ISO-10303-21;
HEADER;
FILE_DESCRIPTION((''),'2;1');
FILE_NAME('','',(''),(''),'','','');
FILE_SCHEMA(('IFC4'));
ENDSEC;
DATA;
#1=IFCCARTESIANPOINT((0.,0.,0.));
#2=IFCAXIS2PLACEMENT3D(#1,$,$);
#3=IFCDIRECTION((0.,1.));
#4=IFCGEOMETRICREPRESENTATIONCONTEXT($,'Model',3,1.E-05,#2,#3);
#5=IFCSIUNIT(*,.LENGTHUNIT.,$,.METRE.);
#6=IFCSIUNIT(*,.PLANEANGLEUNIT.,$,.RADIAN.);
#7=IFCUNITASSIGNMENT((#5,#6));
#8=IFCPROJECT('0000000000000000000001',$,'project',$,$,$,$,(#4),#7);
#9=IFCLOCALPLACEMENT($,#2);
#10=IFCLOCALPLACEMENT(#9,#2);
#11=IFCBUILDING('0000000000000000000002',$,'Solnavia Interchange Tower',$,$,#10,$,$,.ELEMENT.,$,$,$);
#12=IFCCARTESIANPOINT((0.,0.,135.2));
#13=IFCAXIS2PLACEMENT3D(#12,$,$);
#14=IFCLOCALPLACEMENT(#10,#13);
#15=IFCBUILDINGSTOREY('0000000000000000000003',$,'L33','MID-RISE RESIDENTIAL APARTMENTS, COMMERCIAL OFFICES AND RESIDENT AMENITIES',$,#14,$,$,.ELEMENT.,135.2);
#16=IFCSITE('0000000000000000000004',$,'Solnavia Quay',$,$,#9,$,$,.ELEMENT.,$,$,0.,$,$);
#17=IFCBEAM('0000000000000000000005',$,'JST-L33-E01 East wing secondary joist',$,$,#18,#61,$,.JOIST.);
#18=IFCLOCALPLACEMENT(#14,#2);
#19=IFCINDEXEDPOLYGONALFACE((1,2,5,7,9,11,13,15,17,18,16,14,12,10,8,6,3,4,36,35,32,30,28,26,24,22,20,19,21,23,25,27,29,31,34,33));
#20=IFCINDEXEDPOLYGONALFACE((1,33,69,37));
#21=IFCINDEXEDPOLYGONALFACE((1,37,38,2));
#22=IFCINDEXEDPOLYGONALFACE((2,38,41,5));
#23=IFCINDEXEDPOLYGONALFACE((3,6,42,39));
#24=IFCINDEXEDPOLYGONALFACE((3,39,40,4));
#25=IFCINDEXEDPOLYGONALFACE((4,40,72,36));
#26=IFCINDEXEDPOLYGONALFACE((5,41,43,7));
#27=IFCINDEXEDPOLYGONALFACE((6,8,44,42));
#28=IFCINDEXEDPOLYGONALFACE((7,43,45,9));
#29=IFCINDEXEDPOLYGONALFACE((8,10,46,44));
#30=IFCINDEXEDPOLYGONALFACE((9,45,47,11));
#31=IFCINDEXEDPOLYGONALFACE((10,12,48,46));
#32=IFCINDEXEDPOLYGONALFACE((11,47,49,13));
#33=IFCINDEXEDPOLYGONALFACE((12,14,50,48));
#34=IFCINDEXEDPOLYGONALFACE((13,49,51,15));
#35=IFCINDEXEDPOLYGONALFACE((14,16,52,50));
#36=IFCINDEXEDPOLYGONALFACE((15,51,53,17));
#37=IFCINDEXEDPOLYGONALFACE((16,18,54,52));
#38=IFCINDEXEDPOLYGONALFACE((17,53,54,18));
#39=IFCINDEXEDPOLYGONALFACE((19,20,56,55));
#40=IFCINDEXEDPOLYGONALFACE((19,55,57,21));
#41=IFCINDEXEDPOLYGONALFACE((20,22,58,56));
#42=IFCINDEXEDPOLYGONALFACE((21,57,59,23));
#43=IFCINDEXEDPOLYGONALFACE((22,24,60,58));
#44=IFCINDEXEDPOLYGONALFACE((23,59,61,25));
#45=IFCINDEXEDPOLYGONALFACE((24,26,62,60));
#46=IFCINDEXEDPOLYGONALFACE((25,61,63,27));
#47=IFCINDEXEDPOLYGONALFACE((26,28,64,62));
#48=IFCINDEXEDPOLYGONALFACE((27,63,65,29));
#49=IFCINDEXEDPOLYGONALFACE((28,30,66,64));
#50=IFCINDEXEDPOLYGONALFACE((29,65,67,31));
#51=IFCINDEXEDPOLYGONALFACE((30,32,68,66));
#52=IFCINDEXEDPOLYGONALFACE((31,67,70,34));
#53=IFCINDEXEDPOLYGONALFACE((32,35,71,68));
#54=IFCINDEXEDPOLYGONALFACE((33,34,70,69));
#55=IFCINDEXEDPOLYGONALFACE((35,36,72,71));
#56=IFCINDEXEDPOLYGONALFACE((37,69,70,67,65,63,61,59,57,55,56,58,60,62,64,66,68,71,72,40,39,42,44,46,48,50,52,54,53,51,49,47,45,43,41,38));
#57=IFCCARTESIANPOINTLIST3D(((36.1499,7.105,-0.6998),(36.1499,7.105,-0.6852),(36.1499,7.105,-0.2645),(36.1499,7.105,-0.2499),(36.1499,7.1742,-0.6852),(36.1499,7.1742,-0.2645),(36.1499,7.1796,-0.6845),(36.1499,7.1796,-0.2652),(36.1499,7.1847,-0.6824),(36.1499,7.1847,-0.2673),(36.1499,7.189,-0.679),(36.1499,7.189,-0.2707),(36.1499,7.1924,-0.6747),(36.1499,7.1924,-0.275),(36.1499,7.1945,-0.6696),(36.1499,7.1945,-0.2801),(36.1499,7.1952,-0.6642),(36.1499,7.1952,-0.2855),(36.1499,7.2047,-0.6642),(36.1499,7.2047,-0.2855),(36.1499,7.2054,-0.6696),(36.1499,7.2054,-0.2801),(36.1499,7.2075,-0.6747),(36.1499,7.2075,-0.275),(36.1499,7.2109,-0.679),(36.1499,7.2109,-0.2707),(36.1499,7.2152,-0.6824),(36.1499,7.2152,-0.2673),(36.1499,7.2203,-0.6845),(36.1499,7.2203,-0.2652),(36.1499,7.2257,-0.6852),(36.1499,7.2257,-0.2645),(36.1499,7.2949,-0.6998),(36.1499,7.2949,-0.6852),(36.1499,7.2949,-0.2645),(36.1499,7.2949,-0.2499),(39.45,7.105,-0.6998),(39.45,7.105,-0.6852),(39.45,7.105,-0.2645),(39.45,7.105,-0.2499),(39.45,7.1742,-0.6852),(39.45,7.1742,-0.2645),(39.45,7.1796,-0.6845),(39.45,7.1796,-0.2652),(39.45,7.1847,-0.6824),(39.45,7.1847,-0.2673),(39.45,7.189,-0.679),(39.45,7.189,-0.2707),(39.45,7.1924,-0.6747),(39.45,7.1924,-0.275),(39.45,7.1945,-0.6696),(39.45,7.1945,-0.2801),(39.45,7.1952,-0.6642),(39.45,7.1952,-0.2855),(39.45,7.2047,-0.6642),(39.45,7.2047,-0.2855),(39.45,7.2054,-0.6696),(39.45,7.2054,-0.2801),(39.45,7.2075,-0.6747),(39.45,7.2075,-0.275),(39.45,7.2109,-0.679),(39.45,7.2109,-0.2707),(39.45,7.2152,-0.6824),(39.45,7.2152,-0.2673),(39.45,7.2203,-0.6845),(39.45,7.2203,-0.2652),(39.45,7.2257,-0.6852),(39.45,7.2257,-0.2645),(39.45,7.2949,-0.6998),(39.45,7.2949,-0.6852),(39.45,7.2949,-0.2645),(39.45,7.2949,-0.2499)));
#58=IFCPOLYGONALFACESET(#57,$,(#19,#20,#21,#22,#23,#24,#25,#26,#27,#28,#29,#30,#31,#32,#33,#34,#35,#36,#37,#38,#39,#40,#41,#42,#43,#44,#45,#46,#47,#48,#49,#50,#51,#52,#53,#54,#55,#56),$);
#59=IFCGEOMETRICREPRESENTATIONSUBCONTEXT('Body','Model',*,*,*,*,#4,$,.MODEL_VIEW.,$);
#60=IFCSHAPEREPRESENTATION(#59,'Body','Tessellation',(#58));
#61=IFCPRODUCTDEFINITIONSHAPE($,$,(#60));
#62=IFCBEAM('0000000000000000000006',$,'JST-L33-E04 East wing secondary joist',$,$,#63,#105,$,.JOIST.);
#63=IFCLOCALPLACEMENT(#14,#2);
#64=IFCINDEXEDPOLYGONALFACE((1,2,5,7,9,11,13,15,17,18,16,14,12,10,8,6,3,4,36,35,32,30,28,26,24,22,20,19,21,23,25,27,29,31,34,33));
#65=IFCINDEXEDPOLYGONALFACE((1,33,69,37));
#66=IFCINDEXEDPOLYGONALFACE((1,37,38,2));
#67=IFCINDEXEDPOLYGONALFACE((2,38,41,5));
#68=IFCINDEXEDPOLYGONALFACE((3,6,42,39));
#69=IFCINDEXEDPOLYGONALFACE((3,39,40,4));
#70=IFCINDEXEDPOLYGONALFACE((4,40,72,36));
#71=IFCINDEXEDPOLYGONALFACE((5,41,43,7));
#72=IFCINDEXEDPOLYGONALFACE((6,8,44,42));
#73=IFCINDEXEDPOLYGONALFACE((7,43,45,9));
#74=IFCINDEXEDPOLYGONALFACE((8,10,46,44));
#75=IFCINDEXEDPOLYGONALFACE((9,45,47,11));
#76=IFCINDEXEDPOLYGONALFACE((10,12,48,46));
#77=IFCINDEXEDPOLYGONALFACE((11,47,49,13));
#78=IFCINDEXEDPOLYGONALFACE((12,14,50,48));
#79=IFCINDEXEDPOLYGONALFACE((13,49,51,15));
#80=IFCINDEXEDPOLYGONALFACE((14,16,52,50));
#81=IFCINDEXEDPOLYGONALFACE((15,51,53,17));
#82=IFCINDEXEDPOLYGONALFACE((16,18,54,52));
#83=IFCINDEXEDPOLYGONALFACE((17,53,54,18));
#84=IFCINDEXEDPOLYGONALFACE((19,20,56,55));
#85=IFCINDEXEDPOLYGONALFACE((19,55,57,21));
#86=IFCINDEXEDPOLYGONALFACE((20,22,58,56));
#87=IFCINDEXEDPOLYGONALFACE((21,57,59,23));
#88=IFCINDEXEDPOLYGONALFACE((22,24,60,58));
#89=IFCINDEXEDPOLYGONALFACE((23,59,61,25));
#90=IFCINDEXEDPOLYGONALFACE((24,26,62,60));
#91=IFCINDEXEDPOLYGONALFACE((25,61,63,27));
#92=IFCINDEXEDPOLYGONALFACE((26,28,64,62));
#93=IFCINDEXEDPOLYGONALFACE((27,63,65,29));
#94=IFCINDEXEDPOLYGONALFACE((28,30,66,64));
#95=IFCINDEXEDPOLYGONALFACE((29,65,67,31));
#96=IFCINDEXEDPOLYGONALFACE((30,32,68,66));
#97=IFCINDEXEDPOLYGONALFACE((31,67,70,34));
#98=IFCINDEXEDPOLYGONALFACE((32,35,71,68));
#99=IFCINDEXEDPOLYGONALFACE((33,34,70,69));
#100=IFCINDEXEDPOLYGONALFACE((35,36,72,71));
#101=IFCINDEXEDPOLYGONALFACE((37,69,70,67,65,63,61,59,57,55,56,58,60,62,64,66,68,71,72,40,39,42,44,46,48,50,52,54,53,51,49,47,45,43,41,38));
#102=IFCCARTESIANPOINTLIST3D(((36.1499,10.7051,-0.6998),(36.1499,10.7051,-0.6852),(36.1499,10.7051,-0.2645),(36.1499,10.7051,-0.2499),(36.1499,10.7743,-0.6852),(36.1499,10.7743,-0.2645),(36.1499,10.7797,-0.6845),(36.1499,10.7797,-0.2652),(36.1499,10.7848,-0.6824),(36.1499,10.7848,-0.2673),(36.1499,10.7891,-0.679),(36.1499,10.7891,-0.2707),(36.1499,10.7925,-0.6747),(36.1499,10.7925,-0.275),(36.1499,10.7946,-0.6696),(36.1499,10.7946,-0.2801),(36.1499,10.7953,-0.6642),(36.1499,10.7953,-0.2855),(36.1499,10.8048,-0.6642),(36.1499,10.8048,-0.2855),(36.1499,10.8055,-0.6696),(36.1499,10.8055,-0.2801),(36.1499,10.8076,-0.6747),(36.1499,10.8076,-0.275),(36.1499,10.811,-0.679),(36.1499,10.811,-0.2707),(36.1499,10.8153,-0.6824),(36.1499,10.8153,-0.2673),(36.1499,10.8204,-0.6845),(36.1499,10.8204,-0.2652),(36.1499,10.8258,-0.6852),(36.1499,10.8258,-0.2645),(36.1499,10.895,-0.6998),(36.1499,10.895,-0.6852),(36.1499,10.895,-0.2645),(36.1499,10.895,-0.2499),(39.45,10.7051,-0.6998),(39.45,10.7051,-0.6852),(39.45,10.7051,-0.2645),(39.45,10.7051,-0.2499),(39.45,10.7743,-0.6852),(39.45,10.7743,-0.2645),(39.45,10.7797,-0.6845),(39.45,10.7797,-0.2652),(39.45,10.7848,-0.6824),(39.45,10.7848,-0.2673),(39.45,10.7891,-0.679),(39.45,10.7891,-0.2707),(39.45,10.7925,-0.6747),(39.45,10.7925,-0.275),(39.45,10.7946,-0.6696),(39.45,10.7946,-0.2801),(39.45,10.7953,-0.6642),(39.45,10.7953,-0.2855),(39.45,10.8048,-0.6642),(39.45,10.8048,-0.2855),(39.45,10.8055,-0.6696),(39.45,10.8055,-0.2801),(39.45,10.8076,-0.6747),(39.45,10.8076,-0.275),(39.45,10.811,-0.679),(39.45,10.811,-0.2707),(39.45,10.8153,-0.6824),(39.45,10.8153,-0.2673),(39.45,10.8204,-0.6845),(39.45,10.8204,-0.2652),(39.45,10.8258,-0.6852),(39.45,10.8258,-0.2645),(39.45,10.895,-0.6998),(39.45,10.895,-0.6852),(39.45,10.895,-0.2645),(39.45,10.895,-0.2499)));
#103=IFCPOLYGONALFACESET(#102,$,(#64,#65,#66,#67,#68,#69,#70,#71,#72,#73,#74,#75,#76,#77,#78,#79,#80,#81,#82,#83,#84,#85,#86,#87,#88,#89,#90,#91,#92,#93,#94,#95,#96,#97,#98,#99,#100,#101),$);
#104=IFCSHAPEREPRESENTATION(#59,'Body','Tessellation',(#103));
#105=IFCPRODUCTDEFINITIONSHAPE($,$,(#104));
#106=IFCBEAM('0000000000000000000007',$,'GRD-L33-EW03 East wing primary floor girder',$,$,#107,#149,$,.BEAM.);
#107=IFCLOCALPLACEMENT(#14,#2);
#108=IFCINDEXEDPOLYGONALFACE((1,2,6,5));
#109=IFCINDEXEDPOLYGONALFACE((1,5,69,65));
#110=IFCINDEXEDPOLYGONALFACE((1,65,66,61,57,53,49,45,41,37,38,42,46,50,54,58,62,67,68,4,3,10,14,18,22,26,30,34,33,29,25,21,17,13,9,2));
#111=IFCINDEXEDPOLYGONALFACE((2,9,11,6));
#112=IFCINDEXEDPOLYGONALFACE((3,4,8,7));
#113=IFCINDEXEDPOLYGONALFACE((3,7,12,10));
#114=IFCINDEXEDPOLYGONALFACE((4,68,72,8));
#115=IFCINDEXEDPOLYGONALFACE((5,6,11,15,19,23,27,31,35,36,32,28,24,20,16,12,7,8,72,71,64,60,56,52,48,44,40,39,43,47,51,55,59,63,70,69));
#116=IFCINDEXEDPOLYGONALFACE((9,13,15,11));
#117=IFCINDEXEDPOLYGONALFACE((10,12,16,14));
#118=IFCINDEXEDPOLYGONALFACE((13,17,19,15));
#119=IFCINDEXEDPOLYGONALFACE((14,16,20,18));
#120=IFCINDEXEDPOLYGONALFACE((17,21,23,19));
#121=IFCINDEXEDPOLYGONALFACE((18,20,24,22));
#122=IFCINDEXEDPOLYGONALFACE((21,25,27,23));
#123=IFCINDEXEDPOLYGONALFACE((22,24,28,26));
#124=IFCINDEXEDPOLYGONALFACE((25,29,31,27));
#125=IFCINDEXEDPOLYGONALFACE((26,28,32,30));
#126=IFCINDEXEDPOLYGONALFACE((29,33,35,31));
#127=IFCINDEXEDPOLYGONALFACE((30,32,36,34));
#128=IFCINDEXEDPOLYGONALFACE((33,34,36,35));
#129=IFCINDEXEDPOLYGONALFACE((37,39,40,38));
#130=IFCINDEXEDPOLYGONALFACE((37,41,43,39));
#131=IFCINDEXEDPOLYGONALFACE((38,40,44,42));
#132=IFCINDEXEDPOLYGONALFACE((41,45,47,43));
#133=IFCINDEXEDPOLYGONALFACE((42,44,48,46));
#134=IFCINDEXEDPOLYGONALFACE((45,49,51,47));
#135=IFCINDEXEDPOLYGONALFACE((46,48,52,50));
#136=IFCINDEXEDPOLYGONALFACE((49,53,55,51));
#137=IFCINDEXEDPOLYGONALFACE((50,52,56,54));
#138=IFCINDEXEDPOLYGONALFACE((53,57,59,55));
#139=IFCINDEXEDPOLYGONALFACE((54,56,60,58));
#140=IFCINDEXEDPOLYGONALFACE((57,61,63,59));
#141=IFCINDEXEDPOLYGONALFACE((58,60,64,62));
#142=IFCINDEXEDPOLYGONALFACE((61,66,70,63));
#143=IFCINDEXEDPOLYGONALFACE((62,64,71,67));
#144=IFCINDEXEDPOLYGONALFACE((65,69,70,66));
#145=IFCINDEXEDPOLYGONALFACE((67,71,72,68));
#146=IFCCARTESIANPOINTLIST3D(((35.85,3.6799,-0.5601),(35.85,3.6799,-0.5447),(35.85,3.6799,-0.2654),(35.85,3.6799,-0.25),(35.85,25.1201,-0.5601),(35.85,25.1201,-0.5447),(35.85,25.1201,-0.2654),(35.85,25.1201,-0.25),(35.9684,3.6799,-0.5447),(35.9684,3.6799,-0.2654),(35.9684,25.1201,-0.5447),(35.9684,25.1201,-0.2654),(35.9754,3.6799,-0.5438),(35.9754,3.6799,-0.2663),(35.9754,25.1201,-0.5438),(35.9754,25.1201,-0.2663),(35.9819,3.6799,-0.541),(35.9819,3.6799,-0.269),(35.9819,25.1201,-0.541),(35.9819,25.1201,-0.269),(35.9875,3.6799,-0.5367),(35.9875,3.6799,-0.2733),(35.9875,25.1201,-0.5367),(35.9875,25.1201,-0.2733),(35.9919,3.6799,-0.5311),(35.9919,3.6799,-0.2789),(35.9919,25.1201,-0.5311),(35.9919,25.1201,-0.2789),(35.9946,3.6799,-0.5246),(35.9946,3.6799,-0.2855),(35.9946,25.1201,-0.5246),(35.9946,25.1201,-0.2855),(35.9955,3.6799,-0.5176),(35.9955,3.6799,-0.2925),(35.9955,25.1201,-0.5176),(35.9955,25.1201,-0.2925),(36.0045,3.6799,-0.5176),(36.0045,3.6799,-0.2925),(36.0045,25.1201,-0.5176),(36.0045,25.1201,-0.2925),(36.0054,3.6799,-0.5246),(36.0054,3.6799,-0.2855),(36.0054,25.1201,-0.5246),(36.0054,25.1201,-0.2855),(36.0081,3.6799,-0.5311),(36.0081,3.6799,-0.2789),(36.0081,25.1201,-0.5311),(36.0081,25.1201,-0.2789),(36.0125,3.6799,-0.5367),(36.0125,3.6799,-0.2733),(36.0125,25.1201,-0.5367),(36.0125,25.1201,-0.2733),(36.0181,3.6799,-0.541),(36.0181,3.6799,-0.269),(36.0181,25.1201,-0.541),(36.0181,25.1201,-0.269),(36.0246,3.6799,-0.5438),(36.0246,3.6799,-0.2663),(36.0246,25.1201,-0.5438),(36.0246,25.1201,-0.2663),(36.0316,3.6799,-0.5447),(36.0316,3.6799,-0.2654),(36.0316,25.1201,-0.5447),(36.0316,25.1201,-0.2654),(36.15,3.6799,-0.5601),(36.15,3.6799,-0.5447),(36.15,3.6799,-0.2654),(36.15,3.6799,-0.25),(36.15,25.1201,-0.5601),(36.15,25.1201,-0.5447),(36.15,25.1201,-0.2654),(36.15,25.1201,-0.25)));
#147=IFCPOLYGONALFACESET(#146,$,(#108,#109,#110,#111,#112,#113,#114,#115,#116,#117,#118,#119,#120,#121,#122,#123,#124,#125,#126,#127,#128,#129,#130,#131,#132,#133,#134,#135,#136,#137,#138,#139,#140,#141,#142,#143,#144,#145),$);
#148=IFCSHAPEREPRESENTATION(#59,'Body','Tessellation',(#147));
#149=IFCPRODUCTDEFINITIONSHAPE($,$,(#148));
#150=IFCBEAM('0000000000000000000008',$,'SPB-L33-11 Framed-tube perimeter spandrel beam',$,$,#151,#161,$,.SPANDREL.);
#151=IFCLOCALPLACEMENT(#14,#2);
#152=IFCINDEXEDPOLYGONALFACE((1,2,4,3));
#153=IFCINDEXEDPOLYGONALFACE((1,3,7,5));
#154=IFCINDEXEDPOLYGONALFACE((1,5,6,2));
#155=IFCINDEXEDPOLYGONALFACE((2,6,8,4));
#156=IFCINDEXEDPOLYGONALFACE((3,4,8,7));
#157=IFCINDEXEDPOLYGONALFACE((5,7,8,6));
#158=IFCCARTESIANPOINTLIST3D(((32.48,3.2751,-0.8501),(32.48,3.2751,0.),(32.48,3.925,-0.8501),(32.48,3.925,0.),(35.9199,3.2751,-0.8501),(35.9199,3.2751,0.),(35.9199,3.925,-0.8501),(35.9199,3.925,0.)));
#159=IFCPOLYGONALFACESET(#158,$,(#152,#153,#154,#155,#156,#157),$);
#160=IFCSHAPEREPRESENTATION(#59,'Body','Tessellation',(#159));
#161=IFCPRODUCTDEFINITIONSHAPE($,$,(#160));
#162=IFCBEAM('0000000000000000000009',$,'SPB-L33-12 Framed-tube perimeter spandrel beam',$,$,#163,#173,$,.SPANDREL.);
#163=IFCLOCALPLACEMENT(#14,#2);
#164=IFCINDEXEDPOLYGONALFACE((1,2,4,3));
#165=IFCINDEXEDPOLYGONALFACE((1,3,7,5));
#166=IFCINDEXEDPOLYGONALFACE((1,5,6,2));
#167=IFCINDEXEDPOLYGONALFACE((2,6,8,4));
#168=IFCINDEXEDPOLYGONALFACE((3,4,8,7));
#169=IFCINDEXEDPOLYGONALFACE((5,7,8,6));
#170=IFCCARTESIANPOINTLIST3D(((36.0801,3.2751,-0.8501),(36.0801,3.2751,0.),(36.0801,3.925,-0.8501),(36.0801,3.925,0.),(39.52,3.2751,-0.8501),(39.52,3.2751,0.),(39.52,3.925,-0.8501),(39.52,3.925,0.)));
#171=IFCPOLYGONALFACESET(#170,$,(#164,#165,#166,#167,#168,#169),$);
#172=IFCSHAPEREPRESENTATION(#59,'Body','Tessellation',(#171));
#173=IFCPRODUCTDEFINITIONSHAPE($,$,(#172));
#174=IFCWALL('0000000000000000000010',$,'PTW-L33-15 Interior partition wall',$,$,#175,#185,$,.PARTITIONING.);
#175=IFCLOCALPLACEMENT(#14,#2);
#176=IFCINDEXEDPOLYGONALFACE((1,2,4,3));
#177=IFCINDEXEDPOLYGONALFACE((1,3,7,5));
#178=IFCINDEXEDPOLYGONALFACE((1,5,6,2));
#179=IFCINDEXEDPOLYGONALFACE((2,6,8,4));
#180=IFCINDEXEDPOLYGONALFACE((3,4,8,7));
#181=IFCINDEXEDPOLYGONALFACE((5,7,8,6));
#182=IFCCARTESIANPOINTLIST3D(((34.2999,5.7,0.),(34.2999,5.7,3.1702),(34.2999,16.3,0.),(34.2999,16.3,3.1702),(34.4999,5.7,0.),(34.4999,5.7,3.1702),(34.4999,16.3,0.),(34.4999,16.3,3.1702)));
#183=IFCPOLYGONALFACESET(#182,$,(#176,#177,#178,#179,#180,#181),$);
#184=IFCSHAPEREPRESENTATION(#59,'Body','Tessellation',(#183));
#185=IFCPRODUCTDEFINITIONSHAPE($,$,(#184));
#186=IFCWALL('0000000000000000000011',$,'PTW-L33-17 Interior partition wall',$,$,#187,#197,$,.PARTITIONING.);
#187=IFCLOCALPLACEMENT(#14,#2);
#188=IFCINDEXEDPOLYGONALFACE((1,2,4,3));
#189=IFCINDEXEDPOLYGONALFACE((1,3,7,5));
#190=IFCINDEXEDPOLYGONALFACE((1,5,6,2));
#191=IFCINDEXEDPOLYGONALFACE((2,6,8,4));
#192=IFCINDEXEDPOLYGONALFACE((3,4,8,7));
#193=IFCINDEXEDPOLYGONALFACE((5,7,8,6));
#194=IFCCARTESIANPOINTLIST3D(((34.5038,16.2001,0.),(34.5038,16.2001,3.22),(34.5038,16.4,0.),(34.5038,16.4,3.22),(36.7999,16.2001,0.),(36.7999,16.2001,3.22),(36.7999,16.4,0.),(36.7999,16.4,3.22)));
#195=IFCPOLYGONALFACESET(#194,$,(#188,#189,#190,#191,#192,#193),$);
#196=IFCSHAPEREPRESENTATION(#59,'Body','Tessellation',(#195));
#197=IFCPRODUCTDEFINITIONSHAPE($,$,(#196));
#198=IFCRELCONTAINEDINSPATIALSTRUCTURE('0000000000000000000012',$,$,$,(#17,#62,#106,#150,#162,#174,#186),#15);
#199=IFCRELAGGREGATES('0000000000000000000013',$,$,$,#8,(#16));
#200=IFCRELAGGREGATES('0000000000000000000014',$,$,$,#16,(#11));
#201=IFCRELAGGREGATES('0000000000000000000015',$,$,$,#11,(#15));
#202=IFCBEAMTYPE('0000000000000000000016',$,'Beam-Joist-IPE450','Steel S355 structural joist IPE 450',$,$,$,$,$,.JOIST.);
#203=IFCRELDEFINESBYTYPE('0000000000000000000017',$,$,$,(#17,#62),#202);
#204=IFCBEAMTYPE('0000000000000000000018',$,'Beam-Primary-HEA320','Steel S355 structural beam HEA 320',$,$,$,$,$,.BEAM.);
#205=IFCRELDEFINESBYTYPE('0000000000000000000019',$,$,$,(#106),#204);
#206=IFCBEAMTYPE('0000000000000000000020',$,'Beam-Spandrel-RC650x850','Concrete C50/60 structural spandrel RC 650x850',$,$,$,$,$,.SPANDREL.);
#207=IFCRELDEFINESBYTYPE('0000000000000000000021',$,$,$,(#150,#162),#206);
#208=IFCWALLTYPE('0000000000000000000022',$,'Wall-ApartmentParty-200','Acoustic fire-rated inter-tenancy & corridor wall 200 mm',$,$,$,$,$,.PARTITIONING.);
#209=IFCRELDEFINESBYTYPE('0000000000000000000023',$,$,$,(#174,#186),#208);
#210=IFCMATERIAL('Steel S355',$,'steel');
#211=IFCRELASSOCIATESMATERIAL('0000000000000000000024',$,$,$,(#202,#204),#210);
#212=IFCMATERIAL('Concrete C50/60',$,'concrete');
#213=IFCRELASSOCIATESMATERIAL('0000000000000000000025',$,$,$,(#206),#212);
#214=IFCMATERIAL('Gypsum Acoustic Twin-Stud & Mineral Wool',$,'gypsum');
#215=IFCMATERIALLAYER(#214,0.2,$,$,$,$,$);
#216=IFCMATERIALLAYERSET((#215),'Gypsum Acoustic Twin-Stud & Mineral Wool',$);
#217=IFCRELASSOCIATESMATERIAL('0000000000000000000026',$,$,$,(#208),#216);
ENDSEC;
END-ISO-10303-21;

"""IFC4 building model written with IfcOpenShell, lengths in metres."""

from ifc_helpers import new_model, si_unit, direction, frame, frame_2d, origin, origin_2d, place, context, subcontext, project, spatial, rectangle, i_section, extrude, material, layer, layer_set, material_profile, profile_set, type_object, element, save


model = new_model("IFC4")

# Units and contexts
model_context = context("Model", 3, precision=1e-05, world=origin(), true_north=direction((0.0, 1.0)))
body_context = subcontext(model_context, "Body", "Model", "MODEL_VIEW")
ifc_project = project(units=[si_unit("LENGTHUNIT", "METRE"), si_unit("PLANEANGLEUNIT", "RADIAN")], contexts=[model_context])

# Site, building, storey
site_placement = place(None, origin())
site = spatial("IfcSite", under=ifc_project, at=site_placement, Name="Solnavia Quay", CompositionType="ELEMENT", RefElevation=0.0)
building_placement = place(site_placement, origin())
building = spatial("IfcBuilding", under=site, at=building_placement, Name="Solnavia Interchange Tower", CompositionType="ELEMENT")
storey_placement = place(building_placement, frame((0.0, 0.0, 135.2)))
storey = spatial("IfcBuildingStorey", under=building, at=storey_placement, Name="L33", Description="MID-RISE RESIDENTIAL APARTMENTS, COMMERCIAL OFFICES AND RESIDENT AMENITIES", CompositionType="ELEMENT", Elevation=135.2)

# Shared definitions
ifc_material_1 = material(Name="Concrete C50/60", Category="concrete")
ifc_material_2 = material(Name="Steel S355", Category="steel")

# Beams
ifc_material_profile_1 = material_profile(ifc_material_2, i_section(OverallWidth=0.1899, OverallDepth=0.45, WebThickness=0.0095, FlangeThickness=0.0146, FilletRadius=0.021, at=origin_2d()), Name="IPE 450")
ifc_profile_set_1 = profile_set([ifc_material_profile_1], Name="Steel S355")
beam_type_1 = type_object("IfcBeamType", Name="Beam-Joist-IPE450", Description="Steel S355 structural joist IPE 450", PredefinedType="JOIST", material=ifc_profile_set_1)
for number, where, z_axis, x_axis, name in (
    (1, (36.1499, 7.2, -0.4749), (1.0, 0.0, 0.0), (0.0, 1.0, 0.0), "JST-L33-E01 East wing secondary joist"),
    (2, (36.1499, 10.8, -0.4749), (1.0, 0.0, 0.0), (0.0, 1.0, 0.0), "JST-L33-E04 East wing secondary joist"),
):
    element("IfcBeam", number, at=place(storey_placement, frame(where, z_axis=z_axis, x_axis=x_axis)), inside=storey, type_object=beam_type_1, Name=name, PredefinedType="JOIST", context=body_context, shape_type="SweptSolid", body=[
        extrude(i_section(OverallWidth=0.1899, OverallDepth=0.45, WebThickness=0.0095, FlangeThickness=0.0146, FilletRadius=0.021, at=origin_2d()), origin(), (0.0, 0.0, 1.0), 3.3),
    ])
ifc_material_profile_2 = material_profile(ifc_material_2, i_section(OverallWidth=0.3, OverallDepth=0.3101, WebThickness=0.009, FlangeThickness=0.0154, FilletRadius=0.0271, at=origin_2d()), Name="HEA 320")
ifc_profile_set_2 = profile_set([ifc_material_profile_2], Name="Steel S355")
beam_type_2 = type_object("IfcBeamType", Name="Beam-Primary-HEA320", Description="Steel S355 structural beam HEA 320", PredefinedType="BEAM", material=ifc_profile_set_2)
beam_1_placement = place(storey_placement, frame((36.0, 3.6799, -0.405), z_axis=(0.0, 1.0, 0.0), x_axis=(-1.0, 0.0, 0.0)))
element("IfcBeam", 3, at=beam_1_placement, inside=storey, type_object=beam_type_2, Name="GRD-L33-EW03 East wing primary floor girder", PredefinedType="BEAM", context=body_context, shape_type="SweptSolid", body=[
    extrude(i_section(OverallWidth=0.3, OverallDepth=0.3101, WebThickness=0.009, FlangeThickness=0.0154, FilletRadius=0.0271, at=origin_2d()), origin(), (0.0, 0.0, 1.0), 21.4402),
])
ifc_material_profile_3 = material_profile(ifc_material_1, rectangle(XDim=0.6499, YDim=0.8501, at=origin_2d()), Name="RC 650x850")
ifc_profile_set_3 = profile_set([ifc_material_profile_3], Name="Concrete C50/60")
beam_type_3 = type_object("IfcBeamType", Name="Beam-Spandrel-RC650x850", Description="Concrete C50/60 structural spandrel RC 650x850", PredefinedType="SPANDREL", material=ifc_profile_set_3)
for number, where, z_axis, x_axis, name in (
    (4, (32.48, 3.6001, -0.425), (1.0, 0.0, 0.0), (0.0, 1.0, 0.0), "SPB-L33-11 Framed-tube perimeter spandrel beam"),
    (5, (36.0801, 3.6001, -0.425), (1.0, 0.0, 0.0), (0.0, 1.0, 0.0), "SPB-L33-12 Framed-tube perimeter spandrel beam"),
):
    element("IfcBeam", number, at=place(storey_placement, frame(where, z_axis=z_axis, x_axis=x_axis)), inside=storey, type_object=beam_type_3, Name=name, PredefinedType="SPANDREL", context=body_context, shape_type="SweptSolid", body=[
        extrude(rectangle(XDim=0.6499, YDim=0.8501, at=origin_2d()), origin(), (0.0, 0.0, 1.0), 3.4399),
    ])

# Walls
ifc_material_3 = material(Name="Gypsum Acoustic Twin-Stud & Mineral Wool", Category="gypsum")
ifc_layer_1 = layer(ifc_material_3, 0.2)
ifc_layer_set_1 = layer_set([ifc_layer_1], Name="Gypsum Acoustic Twin-Stud & Mineral Wool")
wall_type_1 = type_object("IfcWallType", Name="Wall-ApartmentParty-200", Description="Acoustic fire-rated inter-tenancy & corridor wall 200 mm", PredefinedType="PARTITIONING", material=ifc_layer_set_1)
wall_1_placement = place(storey_placement, frame((34.3999, 5.7, 0.0), z_axis=(0.0, 0.0, 1.0), x_axis=(0.0, 1.0, 0.0)))
element("IfcWall", 6, at=wall_1_placement, inside=storey, type_object=wall_type_1, Name="PTW-L33-15 Interior partition wall", PredefinedType="PARTITIONING", context=body_context, shape_type="SweptSolid", body=[
    extrude(rectangle(XDim=10.6001, YDim=0.2, at=frame_2d((5.3, 0.0))), origin(), (0.0, 0.0, 1.0), 3.1702),
])
wall_2_placement = place(storey_placement, frame((34.5039, 16.3, 0.0), z_axis=(0.0, 0.0, 1.0), x_axis=(1.0, 0.0, 0.0)))
element("IfcWall", 7, at=wall_2_placement, inside=storey, type_object=wall_type_1, Name="PTW-L33-17 Interior partition wall", PredefinedType="PARTITIONING", context=body_context, shape_type="SweptSolid", body=[
    extrude(rectangle(XDim=2.2961, YDim=0.2, at=frame_2d((1.1479, 0.0))), origin(), (0.0, 0.0, 1.0), 3.22),
])

save(model, "model.ifc")
